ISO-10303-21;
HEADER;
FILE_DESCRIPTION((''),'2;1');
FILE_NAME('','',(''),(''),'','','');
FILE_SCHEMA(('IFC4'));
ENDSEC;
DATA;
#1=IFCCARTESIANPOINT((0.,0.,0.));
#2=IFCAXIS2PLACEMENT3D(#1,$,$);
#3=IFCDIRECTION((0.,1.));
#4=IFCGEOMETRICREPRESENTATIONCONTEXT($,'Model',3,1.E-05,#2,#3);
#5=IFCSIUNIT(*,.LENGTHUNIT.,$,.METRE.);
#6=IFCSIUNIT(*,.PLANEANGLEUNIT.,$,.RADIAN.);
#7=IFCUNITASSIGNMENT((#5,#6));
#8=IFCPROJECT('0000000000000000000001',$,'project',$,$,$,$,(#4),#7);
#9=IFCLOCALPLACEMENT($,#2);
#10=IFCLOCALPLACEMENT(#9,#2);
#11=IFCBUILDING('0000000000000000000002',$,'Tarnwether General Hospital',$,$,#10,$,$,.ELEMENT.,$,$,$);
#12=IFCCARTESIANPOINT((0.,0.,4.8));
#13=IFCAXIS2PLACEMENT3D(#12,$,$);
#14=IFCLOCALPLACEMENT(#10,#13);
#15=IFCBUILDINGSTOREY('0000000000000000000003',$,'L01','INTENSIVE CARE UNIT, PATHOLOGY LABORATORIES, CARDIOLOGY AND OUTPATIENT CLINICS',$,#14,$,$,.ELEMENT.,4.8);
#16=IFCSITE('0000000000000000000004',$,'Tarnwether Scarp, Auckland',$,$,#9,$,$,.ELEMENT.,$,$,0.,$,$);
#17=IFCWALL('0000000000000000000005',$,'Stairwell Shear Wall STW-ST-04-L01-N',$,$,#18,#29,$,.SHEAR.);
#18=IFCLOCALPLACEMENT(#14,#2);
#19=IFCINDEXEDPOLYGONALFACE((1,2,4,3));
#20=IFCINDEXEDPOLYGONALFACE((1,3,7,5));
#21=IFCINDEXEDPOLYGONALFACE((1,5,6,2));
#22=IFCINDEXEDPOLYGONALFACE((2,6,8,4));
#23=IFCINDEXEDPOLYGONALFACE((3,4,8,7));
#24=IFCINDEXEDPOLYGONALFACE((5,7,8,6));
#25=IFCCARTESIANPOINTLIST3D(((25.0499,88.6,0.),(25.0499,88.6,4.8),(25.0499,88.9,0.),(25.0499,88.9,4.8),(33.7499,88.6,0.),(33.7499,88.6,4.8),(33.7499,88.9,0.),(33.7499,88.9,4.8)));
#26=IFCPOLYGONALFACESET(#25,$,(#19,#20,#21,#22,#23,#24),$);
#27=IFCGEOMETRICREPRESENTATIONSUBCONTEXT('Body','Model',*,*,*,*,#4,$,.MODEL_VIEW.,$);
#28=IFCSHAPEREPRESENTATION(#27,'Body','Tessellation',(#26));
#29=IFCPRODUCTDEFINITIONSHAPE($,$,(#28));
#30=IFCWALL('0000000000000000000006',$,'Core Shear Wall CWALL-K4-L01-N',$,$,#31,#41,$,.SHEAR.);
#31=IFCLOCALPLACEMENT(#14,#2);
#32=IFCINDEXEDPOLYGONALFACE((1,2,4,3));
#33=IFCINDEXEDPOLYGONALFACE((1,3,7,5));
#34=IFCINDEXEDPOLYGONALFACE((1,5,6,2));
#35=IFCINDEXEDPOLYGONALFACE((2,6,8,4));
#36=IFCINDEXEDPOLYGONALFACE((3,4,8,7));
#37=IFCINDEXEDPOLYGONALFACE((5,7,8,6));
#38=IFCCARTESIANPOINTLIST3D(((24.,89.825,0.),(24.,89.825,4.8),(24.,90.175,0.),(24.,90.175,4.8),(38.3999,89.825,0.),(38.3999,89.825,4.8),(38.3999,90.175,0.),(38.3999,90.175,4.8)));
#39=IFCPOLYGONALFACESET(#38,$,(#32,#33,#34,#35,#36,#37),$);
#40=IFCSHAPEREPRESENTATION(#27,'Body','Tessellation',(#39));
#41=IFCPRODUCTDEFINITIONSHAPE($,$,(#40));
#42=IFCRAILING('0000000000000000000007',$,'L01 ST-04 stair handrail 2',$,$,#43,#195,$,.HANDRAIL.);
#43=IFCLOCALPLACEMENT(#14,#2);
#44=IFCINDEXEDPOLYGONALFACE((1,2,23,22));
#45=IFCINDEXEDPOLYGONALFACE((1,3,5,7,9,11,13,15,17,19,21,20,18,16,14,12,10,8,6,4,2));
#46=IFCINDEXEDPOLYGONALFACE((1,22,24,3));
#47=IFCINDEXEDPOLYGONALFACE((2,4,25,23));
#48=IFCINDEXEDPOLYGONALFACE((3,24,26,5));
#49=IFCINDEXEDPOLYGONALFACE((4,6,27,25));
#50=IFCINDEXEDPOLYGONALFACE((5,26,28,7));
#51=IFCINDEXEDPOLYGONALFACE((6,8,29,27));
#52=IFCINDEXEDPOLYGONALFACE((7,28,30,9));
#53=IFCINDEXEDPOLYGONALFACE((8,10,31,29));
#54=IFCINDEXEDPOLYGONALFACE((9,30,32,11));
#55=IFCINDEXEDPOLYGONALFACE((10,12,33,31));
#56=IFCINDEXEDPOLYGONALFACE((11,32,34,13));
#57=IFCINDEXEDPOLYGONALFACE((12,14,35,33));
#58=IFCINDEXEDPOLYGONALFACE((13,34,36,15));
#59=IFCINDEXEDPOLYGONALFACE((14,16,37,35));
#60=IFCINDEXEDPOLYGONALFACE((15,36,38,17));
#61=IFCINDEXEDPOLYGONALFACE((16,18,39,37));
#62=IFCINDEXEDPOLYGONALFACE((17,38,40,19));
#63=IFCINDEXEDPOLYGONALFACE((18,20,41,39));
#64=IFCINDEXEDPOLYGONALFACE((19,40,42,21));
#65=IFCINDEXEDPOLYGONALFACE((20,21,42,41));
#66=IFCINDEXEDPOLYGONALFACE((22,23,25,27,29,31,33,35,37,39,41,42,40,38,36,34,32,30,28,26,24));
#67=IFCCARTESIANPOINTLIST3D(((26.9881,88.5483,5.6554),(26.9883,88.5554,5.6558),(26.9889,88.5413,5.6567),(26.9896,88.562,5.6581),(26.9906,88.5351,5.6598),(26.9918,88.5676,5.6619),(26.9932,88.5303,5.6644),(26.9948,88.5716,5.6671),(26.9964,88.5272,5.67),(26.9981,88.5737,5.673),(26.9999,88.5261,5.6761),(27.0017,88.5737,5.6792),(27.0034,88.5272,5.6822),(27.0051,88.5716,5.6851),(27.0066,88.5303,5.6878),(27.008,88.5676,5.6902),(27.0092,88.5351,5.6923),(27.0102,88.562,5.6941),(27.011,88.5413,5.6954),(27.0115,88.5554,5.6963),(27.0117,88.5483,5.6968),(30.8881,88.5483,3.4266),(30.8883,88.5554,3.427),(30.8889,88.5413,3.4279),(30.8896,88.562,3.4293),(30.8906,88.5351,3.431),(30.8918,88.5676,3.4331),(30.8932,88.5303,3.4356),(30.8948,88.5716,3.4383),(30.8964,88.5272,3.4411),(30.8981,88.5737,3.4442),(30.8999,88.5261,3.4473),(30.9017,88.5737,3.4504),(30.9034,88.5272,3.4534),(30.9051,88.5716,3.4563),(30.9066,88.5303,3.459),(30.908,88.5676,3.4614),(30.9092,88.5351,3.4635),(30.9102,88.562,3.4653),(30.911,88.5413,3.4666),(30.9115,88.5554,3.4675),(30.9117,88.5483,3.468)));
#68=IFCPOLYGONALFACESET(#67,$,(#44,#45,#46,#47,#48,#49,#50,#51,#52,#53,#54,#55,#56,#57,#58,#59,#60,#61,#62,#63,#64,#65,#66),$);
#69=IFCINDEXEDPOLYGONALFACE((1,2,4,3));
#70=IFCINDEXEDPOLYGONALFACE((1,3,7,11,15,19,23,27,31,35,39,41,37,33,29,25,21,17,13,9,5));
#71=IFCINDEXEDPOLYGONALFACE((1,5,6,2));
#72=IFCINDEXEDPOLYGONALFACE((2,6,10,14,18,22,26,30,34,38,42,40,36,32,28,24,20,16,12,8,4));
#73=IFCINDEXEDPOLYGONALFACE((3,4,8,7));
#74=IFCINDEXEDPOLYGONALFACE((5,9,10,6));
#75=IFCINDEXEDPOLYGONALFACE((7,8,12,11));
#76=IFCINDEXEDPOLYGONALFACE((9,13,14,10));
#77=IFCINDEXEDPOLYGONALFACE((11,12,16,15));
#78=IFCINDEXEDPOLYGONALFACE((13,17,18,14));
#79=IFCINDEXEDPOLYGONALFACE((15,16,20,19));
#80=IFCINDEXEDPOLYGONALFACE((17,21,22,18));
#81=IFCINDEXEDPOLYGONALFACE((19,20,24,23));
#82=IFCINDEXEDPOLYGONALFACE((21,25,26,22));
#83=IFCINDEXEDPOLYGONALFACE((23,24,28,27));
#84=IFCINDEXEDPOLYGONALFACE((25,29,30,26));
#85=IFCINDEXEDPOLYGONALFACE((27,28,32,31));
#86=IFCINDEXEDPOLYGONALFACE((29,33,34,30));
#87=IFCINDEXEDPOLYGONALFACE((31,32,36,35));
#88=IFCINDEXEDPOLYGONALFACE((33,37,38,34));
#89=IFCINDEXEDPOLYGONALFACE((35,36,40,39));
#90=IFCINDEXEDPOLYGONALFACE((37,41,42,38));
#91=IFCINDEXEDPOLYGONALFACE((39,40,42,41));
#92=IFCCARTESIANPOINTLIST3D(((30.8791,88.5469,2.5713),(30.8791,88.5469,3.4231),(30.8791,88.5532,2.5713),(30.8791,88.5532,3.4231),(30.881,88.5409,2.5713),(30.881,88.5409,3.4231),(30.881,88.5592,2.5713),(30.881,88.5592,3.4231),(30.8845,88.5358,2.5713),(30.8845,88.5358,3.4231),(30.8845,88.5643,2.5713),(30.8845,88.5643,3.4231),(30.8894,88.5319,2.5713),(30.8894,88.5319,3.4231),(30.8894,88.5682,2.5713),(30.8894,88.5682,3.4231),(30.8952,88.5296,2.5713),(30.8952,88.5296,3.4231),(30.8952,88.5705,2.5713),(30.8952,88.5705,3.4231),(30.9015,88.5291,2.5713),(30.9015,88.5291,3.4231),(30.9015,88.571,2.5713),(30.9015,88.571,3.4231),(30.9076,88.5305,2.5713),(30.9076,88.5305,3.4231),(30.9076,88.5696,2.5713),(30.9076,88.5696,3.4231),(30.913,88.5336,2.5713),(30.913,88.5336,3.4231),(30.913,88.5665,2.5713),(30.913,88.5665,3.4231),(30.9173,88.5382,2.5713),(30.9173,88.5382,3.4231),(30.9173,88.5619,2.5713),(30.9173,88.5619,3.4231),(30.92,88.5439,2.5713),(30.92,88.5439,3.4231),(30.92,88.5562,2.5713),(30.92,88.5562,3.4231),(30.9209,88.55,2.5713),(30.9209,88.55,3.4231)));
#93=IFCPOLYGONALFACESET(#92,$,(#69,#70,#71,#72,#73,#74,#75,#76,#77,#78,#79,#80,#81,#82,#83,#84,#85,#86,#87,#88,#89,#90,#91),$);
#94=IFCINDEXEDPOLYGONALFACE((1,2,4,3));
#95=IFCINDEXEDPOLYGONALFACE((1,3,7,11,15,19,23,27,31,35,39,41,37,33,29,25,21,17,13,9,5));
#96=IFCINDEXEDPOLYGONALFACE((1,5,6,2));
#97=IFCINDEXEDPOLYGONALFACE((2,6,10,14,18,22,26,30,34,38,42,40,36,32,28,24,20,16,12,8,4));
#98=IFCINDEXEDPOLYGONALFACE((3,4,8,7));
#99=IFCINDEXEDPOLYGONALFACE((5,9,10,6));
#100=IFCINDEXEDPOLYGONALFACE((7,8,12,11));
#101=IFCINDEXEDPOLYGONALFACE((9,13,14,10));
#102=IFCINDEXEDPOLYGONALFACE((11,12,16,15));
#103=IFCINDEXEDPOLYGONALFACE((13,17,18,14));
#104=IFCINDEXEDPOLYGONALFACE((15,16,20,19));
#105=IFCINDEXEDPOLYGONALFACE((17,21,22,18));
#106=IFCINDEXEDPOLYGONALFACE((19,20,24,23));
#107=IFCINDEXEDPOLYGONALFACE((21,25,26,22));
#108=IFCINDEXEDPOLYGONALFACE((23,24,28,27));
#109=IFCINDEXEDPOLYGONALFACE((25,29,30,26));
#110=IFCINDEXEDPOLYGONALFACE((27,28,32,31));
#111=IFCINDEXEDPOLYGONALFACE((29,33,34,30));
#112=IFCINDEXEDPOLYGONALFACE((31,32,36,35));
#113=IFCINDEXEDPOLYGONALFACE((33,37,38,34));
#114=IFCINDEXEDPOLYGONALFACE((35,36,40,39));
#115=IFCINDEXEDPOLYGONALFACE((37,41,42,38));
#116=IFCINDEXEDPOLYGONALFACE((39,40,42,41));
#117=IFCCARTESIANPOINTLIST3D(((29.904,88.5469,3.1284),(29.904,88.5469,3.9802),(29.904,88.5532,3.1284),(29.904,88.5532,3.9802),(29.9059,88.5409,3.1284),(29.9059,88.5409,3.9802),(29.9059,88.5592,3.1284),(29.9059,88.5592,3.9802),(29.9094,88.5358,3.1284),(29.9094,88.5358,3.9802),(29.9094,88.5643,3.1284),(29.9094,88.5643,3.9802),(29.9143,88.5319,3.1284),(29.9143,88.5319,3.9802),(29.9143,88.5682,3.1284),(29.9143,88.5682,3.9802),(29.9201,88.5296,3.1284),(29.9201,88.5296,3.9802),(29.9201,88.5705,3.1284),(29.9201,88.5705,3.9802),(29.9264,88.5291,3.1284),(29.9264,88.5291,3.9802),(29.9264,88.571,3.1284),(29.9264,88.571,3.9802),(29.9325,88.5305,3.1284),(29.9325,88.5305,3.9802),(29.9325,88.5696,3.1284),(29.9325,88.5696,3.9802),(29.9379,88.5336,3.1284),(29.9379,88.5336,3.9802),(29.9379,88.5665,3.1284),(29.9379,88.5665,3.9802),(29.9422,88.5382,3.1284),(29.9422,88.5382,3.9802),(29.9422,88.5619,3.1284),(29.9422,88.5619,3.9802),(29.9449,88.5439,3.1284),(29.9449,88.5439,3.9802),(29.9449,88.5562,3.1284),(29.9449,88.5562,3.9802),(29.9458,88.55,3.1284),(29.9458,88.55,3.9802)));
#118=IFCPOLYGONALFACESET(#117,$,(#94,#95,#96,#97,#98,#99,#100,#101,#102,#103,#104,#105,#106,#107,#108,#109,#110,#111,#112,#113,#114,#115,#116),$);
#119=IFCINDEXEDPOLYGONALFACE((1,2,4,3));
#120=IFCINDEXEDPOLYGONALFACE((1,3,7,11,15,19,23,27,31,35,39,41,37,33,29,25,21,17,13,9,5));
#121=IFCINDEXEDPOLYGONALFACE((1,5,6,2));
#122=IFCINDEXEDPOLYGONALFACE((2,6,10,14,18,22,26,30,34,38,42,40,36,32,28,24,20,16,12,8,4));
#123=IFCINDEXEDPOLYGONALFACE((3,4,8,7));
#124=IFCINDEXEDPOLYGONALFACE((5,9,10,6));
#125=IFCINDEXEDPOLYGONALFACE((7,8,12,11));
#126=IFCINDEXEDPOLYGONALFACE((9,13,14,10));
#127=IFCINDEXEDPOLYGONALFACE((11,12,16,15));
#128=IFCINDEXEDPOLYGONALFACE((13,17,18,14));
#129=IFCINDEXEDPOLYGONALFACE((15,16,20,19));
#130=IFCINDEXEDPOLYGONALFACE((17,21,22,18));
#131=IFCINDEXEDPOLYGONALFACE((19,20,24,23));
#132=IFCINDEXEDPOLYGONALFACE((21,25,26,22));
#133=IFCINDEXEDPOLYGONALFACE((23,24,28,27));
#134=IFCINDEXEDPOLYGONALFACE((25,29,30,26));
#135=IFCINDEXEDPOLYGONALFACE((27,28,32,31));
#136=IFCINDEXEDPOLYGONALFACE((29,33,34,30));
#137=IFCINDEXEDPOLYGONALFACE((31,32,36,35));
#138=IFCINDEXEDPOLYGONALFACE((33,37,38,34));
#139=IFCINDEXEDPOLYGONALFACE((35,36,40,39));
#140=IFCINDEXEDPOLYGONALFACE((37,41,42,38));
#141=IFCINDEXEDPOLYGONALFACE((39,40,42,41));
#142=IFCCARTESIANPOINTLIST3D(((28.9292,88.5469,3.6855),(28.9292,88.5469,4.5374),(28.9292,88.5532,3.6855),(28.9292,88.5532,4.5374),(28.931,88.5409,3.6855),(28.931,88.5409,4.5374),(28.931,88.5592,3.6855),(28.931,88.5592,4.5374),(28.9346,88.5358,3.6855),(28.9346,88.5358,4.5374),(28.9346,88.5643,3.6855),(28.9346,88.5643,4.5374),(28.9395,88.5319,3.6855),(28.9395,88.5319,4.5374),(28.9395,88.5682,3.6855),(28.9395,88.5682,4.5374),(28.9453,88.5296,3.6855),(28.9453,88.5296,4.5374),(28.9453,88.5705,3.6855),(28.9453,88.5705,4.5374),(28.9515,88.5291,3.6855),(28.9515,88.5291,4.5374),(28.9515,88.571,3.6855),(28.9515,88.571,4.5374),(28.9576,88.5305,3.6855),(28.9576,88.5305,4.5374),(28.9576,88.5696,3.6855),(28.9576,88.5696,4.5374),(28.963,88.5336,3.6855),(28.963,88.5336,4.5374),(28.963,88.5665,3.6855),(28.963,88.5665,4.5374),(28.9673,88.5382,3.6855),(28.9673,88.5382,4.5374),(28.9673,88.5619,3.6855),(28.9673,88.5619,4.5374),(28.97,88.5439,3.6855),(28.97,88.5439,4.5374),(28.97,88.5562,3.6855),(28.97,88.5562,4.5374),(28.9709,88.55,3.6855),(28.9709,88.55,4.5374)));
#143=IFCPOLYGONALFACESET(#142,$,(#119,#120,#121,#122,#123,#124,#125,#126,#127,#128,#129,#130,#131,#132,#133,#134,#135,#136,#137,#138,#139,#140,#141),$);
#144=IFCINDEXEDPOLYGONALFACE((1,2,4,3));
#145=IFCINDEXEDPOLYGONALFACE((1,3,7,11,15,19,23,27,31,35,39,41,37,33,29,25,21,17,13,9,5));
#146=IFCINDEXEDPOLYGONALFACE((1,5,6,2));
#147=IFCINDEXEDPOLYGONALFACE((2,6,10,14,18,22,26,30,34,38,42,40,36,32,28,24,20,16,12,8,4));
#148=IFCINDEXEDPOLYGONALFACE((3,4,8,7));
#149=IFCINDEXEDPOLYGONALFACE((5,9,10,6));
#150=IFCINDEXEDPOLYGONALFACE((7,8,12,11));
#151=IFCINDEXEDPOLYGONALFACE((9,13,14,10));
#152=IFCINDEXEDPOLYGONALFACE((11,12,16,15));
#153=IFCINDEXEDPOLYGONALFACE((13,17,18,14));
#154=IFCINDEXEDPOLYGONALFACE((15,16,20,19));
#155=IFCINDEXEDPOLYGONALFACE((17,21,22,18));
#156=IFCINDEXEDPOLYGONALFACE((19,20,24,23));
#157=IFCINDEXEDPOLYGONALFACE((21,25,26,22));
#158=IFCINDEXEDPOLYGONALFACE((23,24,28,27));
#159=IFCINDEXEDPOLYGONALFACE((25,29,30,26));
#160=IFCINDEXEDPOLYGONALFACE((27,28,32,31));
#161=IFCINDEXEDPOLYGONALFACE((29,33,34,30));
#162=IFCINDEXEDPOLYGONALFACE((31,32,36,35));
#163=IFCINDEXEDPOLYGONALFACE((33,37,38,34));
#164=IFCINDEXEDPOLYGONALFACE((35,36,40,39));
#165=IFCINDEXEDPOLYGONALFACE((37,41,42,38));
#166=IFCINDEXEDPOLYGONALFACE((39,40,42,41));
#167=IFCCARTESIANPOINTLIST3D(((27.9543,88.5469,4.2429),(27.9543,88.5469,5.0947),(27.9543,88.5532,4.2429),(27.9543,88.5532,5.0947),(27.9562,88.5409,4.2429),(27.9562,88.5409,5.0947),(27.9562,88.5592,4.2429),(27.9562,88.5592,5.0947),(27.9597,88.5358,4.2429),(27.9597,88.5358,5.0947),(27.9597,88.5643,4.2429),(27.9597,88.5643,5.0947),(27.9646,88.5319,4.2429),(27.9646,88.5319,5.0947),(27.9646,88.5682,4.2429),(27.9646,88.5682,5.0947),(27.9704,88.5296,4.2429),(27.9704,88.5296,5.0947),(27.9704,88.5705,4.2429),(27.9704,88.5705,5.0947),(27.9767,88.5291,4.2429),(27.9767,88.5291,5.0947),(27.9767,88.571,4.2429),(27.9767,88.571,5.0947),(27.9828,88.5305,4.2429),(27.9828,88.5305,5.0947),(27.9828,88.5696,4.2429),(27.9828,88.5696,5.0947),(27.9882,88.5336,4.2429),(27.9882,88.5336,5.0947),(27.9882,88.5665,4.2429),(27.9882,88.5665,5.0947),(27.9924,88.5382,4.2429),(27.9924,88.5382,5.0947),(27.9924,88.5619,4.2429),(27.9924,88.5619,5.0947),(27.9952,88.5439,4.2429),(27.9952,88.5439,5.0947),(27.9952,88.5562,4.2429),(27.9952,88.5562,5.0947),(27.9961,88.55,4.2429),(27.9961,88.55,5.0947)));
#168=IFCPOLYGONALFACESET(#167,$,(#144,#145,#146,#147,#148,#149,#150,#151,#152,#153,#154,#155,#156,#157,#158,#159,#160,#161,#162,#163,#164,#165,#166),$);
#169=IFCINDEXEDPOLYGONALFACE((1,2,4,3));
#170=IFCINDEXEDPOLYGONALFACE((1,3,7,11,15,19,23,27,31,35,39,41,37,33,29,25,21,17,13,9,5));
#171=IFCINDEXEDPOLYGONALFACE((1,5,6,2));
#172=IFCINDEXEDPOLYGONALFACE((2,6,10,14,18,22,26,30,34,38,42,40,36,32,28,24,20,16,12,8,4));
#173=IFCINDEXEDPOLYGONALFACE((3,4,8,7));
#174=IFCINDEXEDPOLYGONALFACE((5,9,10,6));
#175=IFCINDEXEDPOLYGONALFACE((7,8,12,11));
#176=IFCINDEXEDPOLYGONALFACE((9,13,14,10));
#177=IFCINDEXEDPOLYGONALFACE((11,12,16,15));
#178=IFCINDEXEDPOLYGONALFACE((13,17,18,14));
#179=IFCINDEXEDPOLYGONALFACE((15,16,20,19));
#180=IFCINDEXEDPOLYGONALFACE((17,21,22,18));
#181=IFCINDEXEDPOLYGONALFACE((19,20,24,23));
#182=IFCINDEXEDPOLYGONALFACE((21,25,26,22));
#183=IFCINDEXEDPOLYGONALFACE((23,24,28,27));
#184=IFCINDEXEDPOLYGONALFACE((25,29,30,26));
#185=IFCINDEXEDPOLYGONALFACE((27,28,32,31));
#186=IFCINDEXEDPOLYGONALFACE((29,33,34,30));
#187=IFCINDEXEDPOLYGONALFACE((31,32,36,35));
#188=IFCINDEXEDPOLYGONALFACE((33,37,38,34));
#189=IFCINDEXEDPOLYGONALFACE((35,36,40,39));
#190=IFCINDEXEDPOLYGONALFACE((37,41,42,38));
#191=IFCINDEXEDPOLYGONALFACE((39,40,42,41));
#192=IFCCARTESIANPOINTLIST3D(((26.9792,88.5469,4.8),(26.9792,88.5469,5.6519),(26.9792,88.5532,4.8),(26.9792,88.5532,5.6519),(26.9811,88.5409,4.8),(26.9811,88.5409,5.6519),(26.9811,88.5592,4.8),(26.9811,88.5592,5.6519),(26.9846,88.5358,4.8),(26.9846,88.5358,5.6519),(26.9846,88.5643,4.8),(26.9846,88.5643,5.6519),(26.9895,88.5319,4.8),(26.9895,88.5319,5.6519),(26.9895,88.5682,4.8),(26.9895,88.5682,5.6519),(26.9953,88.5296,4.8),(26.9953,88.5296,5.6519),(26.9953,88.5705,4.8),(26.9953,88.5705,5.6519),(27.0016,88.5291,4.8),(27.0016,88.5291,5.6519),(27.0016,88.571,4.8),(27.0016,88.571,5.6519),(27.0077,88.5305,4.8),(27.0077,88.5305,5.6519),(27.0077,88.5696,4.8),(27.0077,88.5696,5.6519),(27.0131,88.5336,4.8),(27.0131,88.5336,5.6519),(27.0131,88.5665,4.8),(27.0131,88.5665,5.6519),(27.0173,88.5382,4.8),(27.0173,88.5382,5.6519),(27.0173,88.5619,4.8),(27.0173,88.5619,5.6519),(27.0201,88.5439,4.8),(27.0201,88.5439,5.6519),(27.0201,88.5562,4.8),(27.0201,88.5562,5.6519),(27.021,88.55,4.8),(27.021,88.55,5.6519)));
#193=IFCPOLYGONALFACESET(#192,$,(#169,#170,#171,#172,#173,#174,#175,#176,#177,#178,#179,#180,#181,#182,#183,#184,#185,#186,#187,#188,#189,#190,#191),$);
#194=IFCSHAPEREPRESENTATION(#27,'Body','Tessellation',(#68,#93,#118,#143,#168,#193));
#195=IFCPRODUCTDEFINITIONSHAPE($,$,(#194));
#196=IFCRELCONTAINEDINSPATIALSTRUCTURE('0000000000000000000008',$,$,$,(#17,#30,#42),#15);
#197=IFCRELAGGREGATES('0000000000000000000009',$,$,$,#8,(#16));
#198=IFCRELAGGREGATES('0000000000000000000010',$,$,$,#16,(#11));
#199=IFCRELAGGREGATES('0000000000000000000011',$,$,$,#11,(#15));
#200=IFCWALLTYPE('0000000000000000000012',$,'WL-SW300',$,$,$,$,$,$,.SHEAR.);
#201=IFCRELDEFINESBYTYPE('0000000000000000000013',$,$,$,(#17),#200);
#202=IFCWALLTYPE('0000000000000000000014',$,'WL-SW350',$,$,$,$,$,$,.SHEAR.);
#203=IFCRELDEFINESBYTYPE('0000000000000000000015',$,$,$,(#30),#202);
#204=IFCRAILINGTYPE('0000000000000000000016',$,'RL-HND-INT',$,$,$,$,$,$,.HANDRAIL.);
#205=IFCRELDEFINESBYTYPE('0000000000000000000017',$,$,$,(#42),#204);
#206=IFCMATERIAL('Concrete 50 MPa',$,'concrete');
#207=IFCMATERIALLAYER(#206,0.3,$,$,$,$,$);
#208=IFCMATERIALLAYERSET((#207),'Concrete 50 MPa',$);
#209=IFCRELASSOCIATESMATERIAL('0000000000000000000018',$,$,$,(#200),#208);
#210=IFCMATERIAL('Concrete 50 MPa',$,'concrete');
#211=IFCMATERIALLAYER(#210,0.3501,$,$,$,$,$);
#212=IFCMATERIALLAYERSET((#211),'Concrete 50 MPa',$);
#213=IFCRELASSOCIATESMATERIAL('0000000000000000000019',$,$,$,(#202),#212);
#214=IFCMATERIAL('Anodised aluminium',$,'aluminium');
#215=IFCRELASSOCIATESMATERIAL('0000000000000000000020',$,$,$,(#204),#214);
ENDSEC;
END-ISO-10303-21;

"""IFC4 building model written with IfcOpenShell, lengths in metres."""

from ifc_helpers import new_model, si_unit, direction, frame, frame_2d, origin, origin_2d, place, context, subcontext, project, spatial, rectangle, circle, extrude, material, layer, layer_set, type_object, element, save


model = new_model("IFC4")

# Units and contexts
model_context = context("Model", 3, precision=1e-05, world=origin(), true_north=direction((0.0, 1.0)))
body_context = subcontext(model_context, "Body", "Model", "MODEL_VIEW")
ifc_project = project(units=[si_unit("LENGTHUNIT", "METRE"), si_unit("PLANEANGLEUNIT", "RADIAN")], contexts=[model_context])

# Site, building, storey
site_placement = place(None, origin())
site = spatial("IfcSite", under=ifc_project, at=site_placement, Name="Tarnwether Scarp, Auckland", CompositionType="ELEMENT", RefElevation=0.0)
building_placement = place(site_placement, origin())
building = spatial("IfcBuilding", under=site, at=building_placement, Name="Tarnwether General Hospital", CompositionType="ELEMENT")
storey_placement = place(building_placement, frame((0.0, 0.0, 4.8)))
storey = spatial("IfcBuildingStorey", under=building, at=storey_placement, Name="L01", Description="INTENSIVE CARE UNIT, PATHOLOGY LABORATORIES, CARDIOLOGY AND OUTPATIENT CLINICS", CompositionType="ELEMENT", Elevation=4.8)

# Walls
ifc_material_1 = material(Name="Concrete 50 MPa", Category="concrete")
ifc_layer_1 = layer(ifc_material_1, 0.3)
ifc_layer_set_1 = layer_set([ifc_layer_1], Name="Concrete 50 MPa")
wall_type_1 = type_object("IfcWallType", Name="WL-SW300", PredefinedType="SHEAR", material=ifc_layer_set_1)
wall_1_placement = place(storey_placement, frame((33.75, 88.75, 0.0), z_axis=(0.0, 0.0, 1.0), x_axis=(-1.0, 0.0, 0.0)))
element("IfcWall", 1, at=wall_1_placement, inside=storey, type_object=wall_type_1, Name="Stairwell Shear Wall STW-ST-04-L01-N", PredefinedType="SHEAR", context=body_context, shape_type="SweptSolid", body=[
    extrude(rectangle(XDim=8.7, YDim=0.3, at=frame_2d((4.3501, 0.0))), origin(), (0.0, 0.0, 1.0), 4.8),
])
ifc_material_2 = material(Name="Concrete 50 MPa", Category="concrete")
ifc_layer_2 = layer(ifc_material_2, 0.3501)
ifc_layer_set_2 = layer_set([ifc_layer_2], Name="Concrete 50 MPa")
wall_type_2 = type_object("IfcWallType", Name="WL-SW350", PredefinedType="SHEAR", material=ifc_layer_set_2)
wall_2_placement = place(storey_placement, frame((24.0, 90.0, 0.0), z_axis=(0.0, 0.0, 1.0), x_axis=(1.0, 0.0, 0.0)))
element("IfcWall", 2, at=wall_2_placement, inside=storey, type_object=wall_type_2, Name="Core Shear Wall CWALL-K4-L01-N", PredefinedType="SHEAR", context=body_context, shape_type="SweptSolid", body=[
    extrude(rectangle(XDim=14.3999, YDim=0.3501, at=frame_2d((7.2, 0.0))), origin(), (0.0, 0.0, 1.0), 4.8),
])

# Railing
ifc_material_3 = material(Name="Anodised aluminium", Category="aluminium")
railing_type = type_object("IfcRailingType", Name="RL-HND-INT", PredefinedType="HANDRAIL", material=ifc_material_3)
railing_placement = place(storey_placement, frame((30.8999, 88.55, 2.5713)))
element("IfcRailing", 3, at=railing_placement, inside=storey, type_object=railing_type, Name="L01 ST-04 stair handrail 2", PredefinedType="HANDRAIL", context=body_context, shape_type="SweptSolid", body=[
    extrude(circle(Radius=0.0239, at=origin_2d()), frame((0.0, 0.0, 0.876), z_axis=(-0.86822, 0.0, 0.49618), x_axis=(0.0, -1.0, 0.0)), (0.0, 0.0, 1.0), 4.4919),
    extrude(circle(Radius=0.021, at=origin_2d()), origin(), (0.0, 0.0, 1.0), 0.8518),
    extrude(circle(Radius=0.021, at=origin_2d()), frame((-0.9751, 0.0, 0.5571)), (0.0, 0.0, 1.0), 0.8518),
    extrude(circle(Radius=0.021, at=origin_2d()), frame((-1.95, 0.0, 1.1143)), (0.0, 0.0, 1.0), 0.8518),
    extrude(circle(Radius=0.021, at=origin_2d()), frame((-2.9248, 0.0, 1.6716)), (0.0, 0.0, 1.0), 0.8518),
    extrude(circle(Radius=0.021, at=origin_2d()), frame((-3.8999, 0.0, 2.2288)), (0.0, 0.0, 1.0), 0.8518),
])

save(model, "model.ifc")
